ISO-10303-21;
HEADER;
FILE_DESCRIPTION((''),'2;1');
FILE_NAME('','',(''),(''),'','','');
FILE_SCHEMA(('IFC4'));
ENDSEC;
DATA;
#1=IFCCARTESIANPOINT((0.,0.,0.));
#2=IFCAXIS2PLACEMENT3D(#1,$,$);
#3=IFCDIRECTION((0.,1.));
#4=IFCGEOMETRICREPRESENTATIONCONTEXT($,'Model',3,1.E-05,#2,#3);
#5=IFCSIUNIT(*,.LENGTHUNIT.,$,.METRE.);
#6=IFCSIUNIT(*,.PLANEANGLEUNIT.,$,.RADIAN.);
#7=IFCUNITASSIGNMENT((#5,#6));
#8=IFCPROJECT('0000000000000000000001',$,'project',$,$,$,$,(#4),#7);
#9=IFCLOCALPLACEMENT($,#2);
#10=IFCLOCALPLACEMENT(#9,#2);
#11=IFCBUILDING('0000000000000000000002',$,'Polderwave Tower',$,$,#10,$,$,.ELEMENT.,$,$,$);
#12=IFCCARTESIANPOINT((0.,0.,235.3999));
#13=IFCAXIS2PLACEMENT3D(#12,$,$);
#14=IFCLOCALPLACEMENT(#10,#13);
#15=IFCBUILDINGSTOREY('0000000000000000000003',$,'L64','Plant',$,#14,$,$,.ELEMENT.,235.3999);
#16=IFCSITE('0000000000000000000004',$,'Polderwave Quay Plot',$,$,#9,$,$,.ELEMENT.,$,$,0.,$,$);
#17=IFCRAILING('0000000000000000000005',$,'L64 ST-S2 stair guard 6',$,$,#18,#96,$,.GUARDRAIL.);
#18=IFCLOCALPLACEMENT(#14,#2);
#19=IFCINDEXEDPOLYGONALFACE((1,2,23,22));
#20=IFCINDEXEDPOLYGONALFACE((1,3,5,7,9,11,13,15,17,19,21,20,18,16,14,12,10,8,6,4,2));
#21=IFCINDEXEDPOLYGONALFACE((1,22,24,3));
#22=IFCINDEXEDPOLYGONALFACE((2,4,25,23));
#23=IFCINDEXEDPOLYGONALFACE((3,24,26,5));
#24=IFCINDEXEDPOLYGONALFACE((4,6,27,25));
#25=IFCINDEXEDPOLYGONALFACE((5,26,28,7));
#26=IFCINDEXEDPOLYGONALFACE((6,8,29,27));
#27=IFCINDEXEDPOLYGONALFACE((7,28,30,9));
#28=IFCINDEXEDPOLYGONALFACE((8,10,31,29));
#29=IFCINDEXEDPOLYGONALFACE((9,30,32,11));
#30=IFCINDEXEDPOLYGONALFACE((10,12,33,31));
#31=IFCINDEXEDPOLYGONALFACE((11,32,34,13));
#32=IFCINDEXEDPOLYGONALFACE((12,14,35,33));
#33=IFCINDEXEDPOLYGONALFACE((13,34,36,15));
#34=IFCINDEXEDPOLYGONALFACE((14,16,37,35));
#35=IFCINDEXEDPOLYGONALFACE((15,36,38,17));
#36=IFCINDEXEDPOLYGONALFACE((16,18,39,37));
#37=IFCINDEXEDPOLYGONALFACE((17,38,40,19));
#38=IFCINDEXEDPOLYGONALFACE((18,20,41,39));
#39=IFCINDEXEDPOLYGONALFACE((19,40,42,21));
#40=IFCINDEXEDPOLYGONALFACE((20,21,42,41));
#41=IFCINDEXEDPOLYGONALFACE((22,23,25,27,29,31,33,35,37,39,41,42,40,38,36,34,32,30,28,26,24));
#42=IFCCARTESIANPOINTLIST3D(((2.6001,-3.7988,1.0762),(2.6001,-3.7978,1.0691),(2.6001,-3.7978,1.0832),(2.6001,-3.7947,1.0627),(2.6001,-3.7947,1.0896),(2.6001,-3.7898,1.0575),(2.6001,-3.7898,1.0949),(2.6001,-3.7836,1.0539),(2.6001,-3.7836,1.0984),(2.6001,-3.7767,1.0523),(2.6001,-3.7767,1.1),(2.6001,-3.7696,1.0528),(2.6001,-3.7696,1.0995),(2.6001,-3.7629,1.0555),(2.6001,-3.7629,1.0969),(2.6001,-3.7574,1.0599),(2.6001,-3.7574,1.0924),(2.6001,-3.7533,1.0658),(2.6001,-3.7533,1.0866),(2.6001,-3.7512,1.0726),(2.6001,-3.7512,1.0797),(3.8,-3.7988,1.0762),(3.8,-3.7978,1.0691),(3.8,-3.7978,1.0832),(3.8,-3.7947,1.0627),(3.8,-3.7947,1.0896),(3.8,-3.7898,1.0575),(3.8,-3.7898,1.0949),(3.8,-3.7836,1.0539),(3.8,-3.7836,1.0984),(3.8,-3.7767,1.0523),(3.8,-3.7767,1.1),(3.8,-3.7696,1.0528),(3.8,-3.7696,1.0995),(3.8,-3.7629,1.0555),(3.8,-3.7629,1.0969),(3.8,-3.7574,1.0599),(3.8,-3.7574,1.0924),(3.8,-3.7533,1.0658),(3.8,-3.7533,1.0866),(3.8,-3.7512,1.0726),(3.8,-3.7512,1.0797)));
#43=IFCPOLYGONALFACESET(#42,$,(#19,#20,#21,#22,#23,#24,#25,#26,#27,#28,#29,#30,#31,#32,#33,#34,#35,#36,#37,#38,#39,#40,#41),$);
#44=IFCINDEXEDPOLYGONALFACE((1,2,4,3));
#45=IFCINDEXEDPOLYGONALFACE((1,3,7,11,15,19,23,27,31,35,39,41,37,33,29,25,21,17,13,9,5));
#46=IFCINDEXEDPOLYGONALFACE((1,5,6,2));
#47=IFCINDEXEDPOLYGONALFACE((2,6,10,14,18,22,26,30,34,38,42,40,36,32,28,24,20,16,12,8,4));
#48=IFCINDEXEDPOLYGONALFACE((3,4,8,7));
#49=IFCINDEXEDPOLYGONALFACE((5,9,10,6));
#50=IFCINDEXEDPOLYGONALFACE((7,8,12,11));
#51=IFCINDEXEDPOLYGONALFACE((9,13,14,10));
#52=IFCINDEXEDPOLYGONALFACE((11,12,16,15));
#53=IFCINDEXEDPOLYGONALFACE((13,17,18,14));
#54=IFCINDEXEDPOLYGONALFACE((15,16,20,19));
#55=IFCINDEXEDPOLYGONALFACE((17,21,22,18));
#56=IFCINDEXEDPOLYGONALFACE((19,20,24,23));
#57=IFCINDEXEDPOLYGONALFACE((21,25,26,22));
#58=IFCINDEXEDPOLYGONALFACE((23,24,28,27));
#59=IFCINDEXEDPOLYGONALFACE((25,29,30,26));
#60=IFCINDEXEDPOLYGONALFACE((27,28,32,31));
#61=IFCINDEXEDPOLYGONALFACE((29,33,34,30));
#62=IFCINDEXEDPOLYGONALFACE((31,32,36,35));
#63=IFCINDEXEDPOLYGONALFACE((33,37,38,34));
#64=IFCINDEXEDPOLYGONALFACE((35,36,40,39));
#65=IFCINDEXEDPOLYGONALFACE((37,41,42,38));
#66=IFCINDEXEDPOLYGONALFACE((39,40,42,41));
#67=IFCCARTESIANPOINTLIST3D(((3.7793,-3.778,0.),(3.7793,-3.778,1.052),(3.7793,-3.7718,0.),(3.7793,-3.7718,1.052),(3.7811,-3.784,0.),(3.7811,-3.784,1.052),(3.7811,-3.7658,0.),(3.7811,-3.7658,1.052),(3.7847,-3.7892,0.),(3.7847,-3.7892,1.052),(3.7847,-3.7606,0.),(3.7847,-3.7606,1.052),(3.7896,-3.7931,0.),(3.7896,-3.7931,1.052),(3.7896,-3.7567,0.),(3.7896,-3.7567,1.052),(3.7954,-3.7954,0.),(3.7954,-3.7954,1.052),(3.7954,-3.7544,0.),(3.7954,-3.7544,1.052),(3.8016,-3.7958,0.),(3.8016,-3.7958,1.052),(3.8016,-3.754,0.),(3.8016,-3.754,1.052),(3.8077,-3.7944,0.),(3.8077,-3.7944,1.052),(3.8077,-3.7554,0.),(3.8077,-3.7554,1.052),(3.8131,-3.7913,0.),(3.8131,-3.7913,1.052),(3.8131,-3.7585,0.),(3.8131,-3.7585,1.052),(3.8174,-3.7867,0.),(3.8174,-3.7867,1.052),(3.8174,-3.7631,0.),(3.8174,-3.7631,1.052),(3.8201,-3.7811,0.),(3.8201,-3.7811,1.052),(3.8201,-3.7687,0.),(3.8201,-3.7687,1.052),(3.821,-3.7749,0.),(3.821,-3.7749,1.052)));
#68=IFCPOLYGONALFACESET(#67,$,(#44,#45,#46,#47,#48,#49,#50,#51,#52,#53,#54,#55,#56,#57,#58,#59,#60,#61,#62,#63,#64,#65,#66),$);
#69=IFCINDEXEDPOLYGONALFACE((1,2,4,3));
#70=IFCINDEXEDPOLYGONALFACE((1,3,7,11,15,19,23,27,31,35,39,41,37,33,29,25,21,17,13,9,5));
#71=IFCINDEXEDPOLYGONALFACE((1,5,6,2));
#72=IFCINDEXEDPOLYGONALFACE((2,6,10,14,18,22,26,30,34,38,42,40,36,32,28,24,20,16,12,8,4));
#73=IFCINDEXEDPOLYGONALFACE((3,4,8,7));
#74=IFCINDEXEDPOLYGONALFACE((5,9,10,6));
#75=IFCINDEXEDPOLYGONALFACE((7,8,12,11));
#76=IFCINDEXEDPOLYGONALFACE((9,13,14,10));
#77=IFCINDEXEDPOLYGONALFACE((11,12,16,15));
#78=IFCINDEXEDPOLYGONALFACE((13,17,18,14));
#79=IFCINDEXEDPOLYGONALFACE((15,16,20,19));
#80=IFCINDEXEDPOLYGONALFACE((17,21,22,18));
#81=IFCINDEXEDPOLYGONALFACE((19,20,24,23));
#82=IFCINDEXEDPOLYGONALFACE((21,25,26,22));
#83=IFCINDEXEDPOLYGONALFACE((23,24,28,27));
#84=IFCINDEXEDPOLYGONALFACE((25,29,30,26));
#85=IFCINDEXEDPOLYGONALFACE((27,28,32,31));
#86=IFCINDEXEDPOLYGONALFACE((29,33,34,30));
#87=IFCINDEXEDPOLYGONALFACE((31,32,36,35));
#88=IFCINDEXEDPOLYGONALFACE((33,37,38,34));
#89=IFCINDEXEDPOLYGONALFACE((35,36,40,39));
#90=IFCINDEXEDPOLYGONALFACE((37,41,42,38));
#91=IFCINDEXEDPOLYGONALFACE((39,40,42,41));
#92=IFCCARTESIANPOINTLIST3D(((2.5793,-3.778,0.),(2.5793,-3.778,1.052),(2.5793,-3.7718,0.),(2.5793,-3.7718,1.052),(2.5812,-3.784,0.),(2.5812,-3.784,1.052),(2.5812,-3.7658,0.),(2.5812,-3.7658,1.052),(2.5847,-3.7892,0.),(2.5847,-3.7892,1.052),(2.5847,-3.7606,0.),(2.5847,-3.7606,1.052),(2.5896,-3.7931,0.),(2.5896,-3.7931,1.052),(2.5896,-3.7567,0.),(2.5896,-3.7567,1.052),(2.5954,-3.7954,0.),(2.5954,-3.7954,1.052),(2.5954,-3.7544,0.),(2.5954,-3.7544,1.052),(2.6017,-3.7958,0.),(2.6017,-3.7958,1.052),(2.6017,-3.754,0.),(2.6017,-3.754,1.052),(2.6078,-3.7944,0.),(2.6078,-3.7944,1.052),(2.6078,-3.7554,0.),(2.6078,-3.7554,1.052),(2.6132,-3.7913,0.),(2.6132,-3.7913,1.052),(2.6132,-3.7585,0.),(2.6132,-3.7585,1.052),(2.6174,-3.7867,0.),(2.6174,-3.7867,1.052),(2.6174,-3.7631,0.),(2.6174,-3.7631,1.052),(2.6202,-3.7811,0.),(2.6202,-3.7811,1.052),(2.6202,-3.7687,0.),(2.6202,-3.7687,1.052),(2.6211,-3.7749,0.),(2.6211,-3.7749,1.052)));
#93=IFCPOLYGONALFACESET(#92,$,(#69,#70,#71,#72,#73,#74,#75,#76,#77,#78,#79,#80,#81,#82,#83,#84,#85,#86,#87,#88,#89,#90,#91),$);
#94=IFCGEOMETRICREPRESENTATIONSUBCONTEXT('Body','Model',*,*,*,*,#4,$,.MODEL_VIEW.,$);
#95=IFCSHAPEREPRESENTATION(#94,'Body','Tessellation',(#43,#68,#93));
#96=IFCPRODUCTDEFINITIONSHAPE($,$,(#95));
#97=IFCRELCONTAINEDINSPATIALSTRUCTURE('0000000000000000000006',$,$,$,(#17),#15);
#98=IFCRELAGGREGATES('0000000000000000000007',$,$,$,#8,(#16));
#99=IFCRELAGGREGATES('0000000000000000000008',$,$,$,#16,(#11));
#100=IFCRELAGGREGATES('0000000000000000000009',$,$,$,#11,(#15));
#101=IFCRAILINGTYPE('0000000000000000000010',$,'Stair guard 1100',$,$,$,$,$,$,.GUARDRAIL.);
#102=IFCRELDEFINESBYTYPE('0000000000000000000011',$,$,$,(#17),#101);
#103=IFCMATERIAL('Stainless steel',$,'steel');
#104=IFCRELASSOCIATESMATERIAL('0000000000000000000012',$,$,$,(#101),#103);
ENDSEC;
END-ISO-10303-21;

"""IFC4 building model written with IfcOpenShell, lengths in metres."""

from ifc_helpers import new_model, si_unit, direction, frame, origin, origin_2d, place, context, subcontext, project, spatial, circle, extrude, material, type_object, element, save


model = new_model("IFC4")

# Units and contexts
model_context = context("Model", 3, precision=1e-05, world=origin(), true_north=direction((0.0, 1.0)))
body_context = subcontext(model_context, "Body", "Model", "MODEL_VIEW")
ifc_project = project(units=[si_unit("LENGTHUNIT", "METRE"), si_unit("PLANEANGLEUNIT", "RADIAN")], contexts=[model_context])

# Site, building, storey
site_placement = place(None, origin())
site = spatial("IfcSite", under=ifc_project, at=site_placement, Name="Polderwave Quay Plot", CompositionType="ELEMENT", RefElevation=0.0)
building_placement = place(site_placement, origin())
building = spatial("IfcBuilding", under=site, at=building_placement, Name="Polderwave Tower", CompositionType="ELEMENT")
storey_placement = place(building_placement, frame((0.0, 0.0, 235.3999)))
storey = spatial("IfcBuildingStorey", under=building, at=storey_placement, Name="L64", Description="Plant", CompositionType="ELEMENT", Elevation=235.3999)

# Railing
ifc_material_1 = material(Name="Stainless steel", Category="steel")
railing_type_1 = type_object("IfcRailingType", Name="Stair guard 1100", PredefinedType="GUARDRAIL", material=ifc_material_1)
railing_1_placement = place(storey_placement, frame((3.8, -3.7749, 0.0)))
element("IfcRailing", 1, at=railing_1_placement, inside=storey, type_object=railing_type_1, Name="L64 ST-S2 stair guard 6", PredefinedType="GUARDRAIL", context=body_context, shape_type="SweptSolid", body=[
    extrude(circle(Radius=0.0239, at=origin_2d()), frame((0.0, 0.0, 1.0762), z_axis=(-1.0, 0.0, 0.0), x_axis=(0.0, -1.0, 0.0)), (0.0, 0.0, 1.0), 1.2),
    extrude(circle(Radius=0.021, at=origin_2d()), origin(), (0.0, 0.0, 1.0), 1.052),
    extrude(circle(Radius=0.021, at=origin_2d()), frame((-1.2, 0.0, 0.0)), (0.0, 0.0, 1.0), 1.052),
])

save(model, "model.ifc")
